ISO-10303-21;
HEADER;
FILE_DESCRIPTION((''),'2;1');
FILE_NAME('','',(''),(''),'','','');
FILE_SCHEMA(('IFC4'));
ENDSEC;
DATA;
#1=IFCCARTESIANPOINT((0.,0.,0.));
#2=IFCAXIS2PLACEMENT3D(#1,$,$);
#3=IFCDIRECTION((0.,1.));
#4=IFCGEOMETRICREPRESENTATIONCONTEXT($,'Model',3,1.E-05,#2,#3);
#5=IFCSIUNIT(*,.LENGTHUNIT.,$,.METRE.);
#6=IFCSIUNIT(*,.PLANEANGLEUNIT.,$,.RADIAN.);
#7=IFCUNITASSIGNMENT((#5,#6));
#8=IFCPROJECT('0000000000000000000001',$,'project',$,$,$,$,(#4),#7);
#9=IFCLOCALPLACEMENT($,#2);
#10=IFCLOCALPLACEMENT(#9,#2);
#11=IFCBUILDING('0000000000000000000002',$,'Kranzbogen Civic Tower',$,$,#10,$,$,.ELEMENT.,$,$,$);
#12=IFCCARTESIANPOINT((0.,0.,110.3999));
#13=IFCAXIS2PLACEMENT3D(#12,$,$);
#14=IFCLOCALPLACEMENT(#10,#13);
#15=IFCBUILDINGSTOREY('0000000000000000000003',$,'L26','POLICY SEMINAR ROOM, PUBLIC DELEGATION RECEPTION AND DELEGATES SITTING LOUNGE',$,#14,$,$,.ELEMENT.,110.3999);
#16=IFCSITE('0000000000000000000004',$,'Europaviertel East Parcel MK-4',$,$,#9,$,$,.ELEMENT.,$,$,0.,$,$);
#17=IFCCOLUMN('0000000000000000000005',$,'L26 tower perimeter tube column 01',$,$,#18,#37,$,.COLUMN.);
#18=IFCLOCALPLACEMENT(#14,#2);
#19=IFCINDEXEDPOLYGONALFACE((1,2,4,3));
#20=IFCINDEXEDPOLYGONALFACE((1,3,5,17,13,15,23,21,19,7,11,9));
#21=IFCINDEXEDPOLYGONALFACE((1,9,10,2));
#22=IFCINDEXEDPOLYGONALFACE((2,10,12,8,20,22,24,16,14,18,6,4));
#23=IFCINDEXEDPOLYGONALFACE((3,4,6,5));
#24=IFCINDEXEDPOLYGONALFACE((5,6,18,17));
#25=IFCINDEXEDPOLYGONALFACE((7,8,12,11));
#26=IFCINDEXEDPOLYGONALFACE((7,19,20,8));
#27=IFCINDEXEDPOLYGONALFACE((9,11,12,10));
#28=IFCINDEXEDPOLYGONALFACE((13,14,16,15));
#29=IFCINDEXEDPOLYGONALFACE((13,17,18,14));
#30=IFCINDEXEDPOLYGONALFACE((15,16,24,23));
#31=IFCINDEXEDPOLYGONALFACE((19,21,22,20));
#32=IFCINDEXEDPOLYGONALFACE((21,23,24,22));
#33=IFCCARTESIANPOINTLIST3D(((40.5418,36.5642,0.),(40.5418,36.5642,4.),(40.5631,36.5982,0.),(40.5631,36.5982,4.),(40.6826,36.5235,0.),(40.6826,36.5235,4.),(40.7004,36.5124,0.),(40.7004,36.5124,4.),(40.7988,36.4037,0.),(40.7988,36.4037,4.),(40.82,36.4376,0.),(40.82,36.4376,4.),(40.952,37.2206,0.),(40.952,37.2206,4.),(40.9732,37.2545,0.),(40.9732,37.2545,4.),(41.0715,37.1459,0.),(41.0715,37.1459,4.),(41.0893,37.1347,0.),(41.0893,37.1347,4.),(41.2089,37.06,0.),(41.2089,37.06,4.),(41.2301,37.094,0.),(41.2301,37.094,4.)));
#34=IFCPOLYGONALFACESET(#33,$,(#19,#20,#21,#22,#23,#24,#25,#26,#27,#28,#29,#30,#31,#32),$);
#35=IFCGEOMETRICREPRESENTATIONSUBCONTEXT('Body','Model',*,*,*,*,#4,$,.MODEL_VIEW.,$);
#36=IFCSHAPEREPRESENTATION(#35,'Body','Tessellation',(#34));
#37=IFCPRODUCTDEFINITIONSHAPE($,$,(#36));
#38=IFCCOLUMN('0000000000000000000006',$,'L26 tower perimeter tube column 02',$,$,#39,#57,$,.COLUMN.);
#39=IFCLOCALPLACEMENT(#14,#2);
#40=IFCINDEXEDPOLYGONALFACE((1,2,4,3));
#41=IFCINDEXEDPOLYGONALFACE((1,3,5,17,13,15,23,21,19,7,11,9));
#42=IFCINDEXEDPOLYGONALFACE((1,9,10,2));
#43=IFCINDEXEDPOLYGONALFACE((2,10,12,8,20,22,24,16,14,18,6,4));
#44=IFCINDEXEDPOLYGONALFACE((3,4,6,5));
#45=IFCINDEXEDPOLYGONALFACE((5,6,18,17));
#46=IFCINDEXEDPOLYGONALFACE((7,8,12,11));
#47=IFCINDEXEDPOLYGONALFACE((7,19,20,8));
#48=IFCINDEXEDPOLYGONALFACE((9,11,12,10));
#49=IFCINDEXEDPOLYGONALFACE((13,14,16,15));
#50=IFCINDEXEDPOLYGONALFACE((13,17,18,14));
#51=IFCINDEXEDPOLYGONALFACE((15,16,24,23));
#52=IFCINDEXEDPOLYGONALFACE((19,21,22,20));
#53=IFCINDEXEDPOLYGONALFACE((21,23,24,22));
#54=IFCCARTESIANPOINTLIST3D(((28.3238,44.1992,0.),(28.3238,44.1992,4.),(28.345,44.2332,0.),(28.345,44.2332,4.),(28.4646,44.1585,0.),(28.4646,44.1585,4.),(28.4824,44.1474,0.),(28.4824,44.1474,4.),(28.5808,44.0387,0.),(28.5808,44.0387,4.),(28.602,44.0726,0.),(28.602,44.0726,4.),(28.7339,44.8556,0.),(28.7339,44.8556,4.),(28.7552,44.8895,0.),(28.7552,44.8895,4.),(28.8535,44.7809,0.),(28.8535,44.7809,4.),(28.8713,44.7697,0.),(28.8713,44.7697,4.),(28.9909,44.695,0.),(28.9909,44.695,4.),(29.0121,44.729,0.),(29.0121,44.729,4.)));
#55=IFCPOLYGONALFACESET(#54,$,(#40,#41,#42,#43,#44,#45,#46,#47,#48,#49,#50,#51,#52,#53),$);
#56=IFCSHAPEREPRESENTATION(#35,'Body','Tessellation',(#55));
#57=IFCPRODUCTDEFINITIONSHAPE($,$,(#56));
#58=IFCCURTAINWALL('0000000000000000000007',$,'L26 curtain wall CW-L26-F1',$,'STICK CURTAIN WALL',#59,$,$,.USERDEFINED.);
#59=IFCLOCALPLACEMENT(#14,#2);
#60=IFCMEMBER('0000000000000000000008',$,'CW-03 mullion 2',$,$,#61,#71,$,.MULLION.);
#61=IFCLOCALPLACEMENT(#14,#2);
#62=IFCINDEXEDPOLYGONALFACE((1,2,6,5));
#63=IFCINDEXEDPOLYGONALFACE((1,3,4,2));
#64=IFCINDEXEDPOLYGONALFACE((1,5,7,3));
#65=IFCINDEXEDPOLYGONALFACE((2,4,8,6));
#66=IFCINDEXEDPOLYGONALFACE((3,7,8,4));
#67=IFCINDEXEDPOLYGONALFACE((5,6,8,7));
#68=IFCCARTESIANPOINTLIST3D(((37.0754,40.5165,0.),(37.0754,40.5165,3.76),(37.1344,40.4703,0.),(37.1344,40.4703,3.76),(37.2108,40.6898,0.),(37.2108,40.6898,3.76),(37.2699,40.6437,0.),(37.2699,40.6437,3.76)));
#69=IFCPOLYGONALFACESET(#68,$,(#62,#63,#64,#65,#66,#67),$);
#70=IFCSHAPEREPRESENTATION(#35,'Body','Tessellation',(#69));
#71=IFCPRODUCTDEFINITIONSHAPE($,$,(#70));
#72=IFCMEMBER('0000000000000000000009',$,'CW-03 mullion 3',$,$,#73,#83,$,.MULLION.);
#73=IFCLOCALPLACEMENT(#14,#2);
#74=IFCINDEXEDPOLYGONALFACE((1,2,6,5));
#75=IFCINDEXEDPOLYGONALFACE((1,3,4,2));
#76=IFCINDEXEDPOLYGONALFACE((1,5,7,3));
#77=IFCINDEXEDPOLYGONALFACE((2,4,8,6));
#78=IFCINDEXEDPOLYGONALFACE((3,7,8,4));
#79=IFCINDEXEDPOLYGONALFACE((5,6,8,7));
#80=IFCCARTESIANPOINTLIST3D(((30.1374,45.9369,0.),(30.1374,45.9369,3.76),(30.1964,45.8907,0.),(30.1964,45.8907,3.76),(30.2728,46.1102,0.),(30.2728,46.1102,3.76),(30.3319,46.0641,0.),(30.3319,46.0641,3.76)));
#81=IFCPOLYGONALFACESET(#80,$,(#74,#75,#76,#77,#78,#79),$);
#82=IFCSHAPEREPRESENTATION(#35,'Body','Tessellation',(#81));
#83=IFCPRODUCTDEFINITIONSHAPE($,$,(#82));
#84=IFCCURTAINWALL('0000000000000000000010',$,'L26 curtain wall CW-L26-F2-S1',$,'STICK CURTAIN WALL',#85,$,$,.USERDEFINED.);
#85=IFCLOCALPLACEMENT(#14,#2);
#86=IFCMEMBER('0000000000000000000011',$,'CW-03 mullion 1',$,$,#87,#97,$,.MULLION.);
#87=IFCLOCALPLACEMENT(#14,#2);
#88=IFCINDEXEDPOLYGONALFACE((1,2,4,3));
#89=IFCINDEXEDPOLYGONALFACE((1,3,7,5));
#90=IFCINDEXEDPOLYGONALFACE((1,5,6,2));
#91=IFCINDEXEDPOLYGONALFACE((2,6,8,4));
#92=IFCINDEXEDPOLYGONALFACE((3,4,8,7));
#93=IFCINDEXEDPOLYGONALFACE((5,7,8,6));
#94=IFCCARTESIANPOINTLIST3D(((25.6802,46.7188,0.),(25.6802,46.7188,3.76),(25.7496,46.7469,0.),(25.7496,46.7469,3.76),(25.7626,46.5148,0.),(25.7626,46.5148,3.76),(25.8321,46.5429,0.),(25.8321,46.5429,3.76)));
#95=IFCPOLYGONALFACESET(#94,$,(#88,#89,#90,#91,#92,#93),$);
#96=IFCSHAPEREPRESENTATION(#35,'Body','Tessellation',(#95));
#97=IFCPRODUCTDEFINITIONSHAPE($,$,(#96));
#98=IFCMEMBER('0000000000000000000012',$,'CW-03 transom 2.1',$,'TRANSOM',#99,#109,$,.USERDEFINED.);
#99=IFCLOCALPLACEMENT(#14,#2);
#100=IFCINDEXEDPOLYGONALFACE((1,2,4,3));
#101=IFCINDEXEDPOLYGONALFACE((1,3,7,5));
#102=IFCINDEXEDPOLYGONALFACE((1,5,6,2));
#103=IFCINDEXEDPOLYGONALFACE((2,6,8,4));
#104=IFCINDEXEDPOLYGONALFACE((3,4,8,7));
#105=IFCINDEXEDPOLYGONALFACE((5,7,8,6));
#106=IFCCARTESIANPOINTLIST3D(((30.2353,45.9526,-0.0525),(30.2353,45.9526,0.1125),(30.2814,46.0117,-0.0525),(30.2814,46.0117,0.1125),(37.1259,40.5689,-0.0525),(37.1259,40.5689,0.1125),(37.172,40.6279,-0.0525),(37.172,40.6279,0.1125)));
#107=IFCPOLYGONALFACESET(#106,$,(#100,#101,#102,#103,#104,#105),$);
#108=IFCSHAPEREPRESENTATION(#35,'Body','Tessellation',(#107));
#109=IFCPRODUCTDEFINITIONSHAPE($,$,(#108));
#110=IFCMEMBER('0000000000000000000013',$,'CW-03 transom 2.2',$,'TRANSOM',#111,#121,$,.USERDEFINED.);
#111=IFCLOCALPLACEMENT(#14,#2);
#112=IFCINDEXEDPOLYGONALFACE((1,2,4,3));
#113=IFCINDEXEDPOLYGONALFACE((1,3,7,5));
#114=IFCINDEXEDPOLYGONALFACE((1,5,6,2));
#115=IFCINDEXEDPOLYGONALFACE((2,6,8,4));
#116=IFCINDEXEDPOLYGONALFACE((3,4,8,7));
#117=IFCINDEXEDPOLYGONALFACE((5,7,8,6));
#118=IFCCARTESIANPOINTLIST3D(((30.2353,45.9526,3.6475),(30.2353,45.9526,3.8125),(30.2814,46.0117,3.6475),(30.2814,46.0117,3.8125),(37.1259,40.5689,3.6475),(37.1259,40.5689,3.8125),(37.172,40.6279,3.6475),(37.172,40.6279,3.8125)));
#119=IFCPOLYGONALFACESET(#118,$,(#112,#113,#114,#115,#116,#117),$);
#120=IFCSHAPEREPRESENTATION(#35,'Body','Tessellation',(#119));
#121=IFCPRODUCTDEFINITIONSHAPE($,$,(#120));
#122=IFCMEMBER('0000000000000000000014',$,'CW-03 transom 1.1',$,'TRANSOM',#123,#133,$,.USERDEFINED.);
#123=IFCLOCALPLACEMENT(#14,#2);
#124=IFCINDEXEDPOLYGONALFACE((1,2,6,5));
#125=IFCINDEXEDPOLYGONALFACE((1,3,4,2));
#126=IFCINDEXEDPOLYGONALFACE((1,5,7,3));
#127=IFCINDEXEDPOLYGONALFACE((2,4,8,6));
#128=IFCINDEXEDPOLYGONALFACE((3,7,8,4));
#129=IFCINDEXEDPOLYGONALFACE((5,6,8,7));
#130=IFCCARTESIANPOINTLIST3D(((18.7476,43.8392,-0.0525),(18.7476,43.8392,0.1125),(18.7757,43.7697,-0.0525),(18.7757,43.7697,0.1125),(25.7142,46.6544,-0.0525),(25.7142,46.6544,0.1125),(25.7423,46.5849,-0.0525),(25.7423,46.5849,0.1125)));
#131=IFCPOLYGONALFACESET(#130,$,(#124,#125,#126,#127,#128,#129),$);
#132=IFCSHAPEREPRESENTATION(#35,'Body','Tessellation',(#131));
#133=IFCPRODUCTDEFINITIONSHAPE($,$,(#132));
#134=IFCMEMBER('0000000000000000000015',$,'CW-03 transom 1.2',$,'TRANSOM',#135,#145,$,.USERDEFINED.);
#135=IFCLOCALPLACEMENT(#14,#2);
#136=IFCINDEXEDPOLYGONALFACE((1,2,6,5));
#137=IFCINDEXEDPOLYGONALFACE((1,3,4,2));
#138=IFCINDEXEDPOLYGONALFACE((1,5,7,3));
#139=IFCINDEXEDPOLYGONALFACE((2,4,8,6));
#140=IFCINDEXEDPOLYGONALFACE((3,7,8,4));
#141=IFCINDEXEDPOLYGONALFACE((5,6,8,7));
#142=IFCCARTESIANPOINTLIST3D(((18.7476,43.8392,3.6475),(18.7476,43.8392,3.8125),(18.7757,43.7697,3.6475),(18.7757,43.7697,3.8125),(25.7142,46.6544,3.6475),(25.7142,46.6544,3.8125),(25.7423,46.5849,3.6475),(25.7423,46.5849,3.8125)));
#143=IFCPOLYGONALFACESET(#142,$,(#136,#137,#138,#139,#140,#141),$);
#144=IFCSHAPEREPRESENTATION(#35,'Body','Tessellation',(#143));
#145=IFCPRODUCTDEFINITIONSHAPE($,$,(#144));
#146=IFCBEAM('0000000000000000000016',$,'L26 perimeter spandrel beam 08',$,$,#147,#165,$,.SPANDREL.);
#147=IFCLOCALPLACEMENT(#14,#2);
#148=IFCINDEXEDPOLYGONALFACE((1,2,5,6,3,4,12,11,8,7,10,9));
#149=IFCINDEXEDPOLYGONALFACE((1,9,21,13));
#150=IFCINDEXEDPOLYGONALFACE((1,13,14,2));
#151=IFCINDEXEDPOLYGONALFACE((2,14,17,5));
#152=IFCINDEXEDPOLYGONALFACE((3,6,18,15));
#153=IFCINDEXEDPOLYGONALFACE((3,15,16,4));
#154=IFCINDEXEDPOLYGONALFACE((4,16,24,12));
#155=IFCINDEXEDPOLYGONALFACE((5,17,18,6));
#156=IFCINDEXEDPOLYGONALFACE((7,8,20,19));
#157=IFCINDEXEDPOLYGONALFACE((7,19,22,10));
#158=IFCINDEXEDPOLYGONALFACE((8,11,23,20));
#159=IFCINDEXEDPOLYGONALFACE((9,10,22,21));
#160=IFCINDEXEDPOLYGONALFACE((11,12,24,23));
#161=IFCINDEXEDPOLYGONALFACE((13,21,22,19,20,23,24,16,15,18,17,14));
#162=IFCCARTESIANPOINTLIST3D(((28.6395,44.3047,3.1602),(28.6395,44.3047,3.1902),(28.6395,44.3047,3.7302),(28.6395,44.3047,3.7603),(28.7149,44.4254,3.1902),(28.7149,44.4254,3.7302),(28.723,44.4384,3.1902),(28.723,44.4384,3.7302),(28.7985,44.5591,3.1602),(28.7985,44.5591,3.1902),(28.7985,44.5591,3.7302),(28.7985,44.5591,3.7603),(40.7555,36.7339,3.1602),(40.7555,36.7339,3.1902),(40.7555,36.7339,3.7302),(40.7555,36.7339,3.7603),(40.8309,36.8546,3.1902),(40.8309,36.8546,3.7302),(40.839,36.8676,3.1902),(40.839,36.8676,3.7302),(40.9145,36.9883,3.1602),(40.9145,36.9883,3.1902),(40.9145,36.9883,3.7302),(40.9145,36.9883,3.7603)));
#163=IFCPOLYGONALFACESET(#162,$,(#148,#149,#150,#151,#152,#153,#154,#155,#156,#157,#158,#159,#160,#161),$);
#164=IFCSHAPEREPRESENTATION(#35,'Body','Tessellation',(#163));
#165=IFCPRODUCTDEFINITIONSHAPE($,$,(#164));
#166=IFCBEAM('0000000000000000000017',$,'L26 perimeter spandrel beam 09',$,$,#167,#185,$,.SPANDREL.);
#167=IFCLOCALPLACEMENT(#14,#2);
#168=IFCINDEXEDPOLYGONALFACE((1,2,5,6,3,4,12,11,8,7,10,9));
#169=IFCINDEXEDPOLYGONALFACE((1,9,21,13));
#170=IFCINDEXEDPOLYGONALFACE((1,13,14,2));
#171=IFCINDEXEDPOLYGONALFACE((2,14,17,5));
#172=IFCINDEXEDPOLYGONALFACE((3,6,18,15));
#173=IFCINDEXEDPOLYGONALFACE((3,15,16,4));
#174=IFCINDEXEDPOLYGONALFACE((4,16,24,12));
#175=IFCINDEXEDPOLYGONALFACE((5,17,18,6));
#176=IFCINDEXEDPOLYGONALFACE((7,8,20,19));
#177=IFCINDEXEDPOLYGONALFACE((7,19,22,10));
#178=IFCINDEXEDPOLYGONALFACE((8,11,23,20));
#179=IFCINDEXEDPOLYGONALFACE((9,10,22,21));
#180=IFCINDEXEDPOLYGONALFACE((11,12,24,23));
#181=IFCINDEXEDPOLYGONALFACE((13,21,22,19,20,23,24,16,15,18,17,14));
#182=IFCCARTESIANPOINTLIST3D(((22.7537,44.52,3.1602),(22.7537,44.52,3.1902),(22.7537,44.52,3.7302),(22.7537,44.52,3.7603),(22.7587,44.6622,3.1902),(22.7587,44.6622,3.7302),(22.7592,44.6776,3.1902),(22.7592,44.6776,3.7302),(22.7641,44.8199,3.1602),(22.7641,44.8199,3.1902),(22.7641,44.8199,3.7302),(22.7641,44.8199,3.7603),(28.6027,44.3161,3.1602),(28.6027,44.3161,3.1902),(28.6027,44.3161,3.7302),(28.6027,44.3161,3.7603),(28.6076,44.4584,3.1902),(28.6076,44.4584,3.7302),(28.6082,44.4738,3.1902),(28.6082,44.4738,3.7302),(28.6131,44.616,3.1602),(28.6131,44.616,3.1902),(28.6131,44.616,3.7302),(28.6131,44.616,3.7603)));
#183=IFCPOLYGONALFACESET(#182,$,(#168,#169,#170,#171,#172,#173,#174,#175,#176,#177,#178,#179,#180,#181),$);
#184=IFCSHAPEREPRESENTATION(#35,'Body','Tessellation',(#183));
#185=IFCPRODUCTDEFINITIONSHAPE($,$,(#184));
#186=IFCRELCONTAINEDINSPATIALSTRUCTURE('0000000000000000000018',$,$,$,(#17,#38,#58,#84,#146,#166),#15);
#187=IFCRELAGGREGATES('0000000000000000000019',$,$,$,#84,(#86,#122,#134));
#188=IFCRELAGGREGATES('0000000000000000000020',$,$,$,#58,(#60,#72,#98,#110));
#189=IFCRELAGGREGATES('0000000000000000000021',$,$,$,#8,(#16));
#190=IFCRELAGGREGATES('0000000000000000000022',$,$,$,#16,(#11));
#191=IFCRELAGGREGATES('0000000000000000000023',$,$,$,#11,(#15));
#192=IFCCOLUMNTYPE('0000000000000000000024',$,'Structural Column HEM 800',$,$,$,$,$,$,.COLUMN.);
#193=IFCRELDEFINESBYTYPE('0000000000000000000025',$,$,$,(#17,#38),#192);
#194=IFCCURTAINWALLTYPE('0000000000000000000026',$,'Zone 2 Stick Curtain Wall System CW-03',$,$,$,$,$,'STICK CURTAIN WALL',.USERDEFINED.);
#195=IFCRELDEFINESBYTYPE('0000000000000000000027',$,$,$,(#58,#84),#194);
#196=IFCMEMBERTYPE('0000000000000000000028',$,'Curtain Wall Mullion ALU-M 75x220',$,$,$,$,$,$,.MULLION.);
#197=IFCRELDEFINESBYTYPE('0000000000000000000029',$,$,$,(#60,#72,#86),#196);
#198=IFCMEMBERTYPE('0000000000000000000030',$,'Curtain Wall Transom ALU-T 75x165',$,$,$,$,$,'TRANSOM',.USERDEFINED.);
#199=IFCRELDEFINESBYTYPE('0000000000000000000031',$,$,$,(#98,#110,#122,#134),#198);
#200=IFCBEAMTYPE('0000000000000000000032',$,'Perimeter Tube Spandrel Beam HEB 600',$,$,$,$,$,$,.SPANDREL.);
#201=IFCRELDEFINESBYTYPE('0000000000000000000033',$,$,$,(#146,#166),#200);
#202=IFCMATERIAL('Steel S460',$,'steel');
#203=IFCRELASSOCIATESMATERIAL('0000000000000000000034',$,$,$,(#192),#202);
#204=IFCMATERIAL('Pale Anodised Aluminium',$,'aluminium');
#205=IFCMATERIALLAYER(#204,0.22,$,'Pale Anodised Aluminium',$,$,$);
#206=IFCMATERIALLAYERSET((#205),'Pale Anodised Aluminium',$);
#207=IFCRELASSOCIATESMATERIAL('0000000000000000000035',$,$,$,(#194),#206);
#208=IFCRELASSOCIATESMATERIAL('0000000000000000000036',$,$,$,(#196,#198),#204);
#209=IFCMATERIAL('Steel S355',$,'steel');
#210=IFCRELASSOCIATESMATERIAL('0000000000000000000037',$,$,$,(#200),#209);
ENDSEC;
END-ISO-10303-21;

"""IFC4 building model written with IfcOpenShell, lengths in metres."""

from ifc_helpers import new_model, si_unit, direction, frame, origin, origin_2d, place, context, subcontext, project, spatial, rectangle, i_section, extrude, material, layer, layer_set, material_profile, profile_set, type_object, element, aggregate, save


model = new_model("IFC4")

# Units and contexts
model_context = context("Model", 3, precision=1e-05, world=origin(), true_north=direction((0.0, 1.0)))
body_context = subcontext(model_context, "Body", "Model", "MODEL_VIEW")
ifc_project = project(units=[si_unit("LENGTHUNIT", "METRE"), si_unit("PLANEANGLEUNIT", "RADIAN")], contexts=[model_context])

# Site, building, storey
site_placement = place(None, origin())
site = spatial("IfcSite", under=ifc_project, at=site_placement, Name="Europaviertel East Parcel MK-4", CompositionType="ELEMENT", RefElevation=0.0)
building_placement = place(site_placement, origin())
building = spatial("IfcBuilding", under=site, at=building_placement, Name="Kranzbogen Civic Tower", CompositionType="ELEMENT")
storey_placement = place(building_placement, frame((0.0, 0.0, 110.3999)))
storey = spatial("IfcBuildingStorey", under=building, at=storey_placement, Name="L26", Description="POLICY SEMINAR ROOM, PUBLIC DELEGATION RECEPTION AND DELEGATES SITTING LOUNGE", CompositionType="ELEMENT", Elevation=110.3999)

# Columns
ifc_material_1 = material(Name="Steel S460", Category="steel")
ifc_material_profile_1 = material_profile(ifc_material_1, i_section(OverallWidth=0.303, OverallDepth=0.814, WebThickness=0.021, FlangeThickness=0.04, at=origin_2d()), Name="HEM 800")
ifc_profile_set_1 = profile_set([ifc_material_profile_1], Name="Steel S460")
column_type = type_object("IfcColumnType", Name="Structural Column HEM 800", PredefinedType="COLUMN", material=ifc_profile_set_1)
for number, where, z_axis, x_axis, name in (
    (1, (40.886, 36.8291, 0.0), (0.0, 0.0, 1.0), (-0.848048, 0.529919, 0.0), "L26 tower perimeter tube column 01"),
    (2, (28.668, 44.4641, 0.0), (0.0, 0.0, 1.0), (-0.848048, 0.529919, 0.0), "L26 tower perimeter tube column 02"),
):
    element("IfcColumn", number, at=place(storey_placement, frame(where, z_axis=z_axis, x_axis=x_axis)), inside=storey, type_object=column_type, Name=name, PredefinedType="COLUMN", context=body_context, shape_type="SweptSolid", body=[
        extrude(i_section(OverallWidth=0.303, OverallDepth=0.814, WebThickness=0.021, FlangeThickness=0.04, at=origin_2d()), origin(), (0.0, 0.0, 1.0), 4.0),
    ])

# Curtain wall, members
ifc_material_2 = material(Name="Pale Anodised Aluminium", Category="aluminium")
ifc_layer_1 = layer(ifc_material_2, 0.22, Name="Pale Anodised Aluminium")
ifc_layer_set_1 = layer_set([ifc_layer_1], Name="Pale Anodised Aluminium")
curtain_wall_type = type_object("IfcCurtainWallType", Name="Zone 2 Stick Curtain Wall System CW-03", ElementType="STICK CURTAIN WALL", PredefinedType="USERDEFINED", material=ifc_layer_set_1)
curtain_wall_1_placement = place(storey_placement, origin())
curtain_wall_1 = element("IfcCurtainWall", 3, at=curtain_wall_1_placement, inside=storey, type_object=curtain_wall_type, Name="L26 curtain wall CW-L26-F1", ObjectType="STICK CURTAIN WALL", PredefinedType="USERDEFINED")
ifc_material_profile_2 = material_profile(ifc_material_2, rectangle(XDim=0.075, YDim=0.22, at=origin_2d()), Name="ALU-M 75x220")
ifc_profile_set_2 = profile_set([ifc_material_profile_2], Name="Pale Anodised Aluminium")
member_type_1 = type_object("IfcMemberType", Name="Curtain Wall Mullion ALU-M 75x220", PredefinedType="MULLION", material=ifc_profile_set_2)
member_1_placement = place(storey_placement, frame((37.1726, 40.5801, 0.0), z_axis=(0.0, 0.0, 1.0), x_axis=(-0.788006, 0.615667, 0.0)))
member_1 = element("IfcMember", 4, at=member_1_placement, type_object=member_type_1, Name="CW-03 mullion 2", PredefinedType="MULLION", context=body_context, shape_type="SweptSolid", body=[
    extrude(rectangle(XDim=0.075, YDim=0.22, at=origin_2d()), origin(), (0.0, 0.0, 1.0), 3.76),
])
member_2_placement = place(storey_placement, frame((30.2346, 46.0005, 0.0), z_axis=(0.0, 0.0, 1.0), x_axis=(-0.788006, 0.615667, 0.0)))
member_2 = element("IfcMember", 5, at=member_2_placement, type_object=member_type_1, Name="CW-03 mullion 3", PredefinedType="MULLION", context=body_context, shape_type="SweptSolid", body=[
    extrude(rectangle(XDim=0.075, YDim=0.22, at=origin_2d()), origin(), (0.0, 0.0, 1.0), 3.76),
])

# Curtain wall, member
curtain_wall_2_placement = place(storey_placement, origin())
curtain_wall_2 = element("IfcCurtainWall", 6, at=curtain_wall_2_placement, inside=storey, type_object=curtain_wall_type, Name="L26 curtain wall CW-L26-F2-S1", ObjectType="STICK CURTAIN WALL", PredefinedType="USERDEFINED")
member_3_placement = place(storey_placement, frame((25.7561, 46.6309, 0.0), z_axis=(0.0, 0.0, 1.0), x_axis=(-0.92717, -0.374641, 0.0)))
member_3 = element("IfcMember", 7, at=member_3_placement, type_object=member_type_1, Name="CW-03 mullion 1", PredefinedType="MULLION", context=body_context, shape_type="SweptSolid", body=[
    extrude(rectangle(XDim=0.075, YDim=0.22, at=origin_2d()), origin(), (0.0, 0.0, 1.0), 3.76),
])

# Members
ifc_material_profile_3 = material_profile(ifc_material_2, rectangle(XDim=0.075, YDim=0.165, at=origin_2d()), Name="ALU-T 75x165")
ifc_profile_set_3 = profile_set([ifc_material_profile_3], Name="Pale Anodised Aluminium")
member_type_2 = type_object("IfcMemberType", Name="Curtain Wall Transom ALU-T 75x165", ElementType="TRANSOM", PredefinedType="USERDEFINED", material=ifc_profile_set_3)
member_4_placement = place(storey_placement, frame((37.1489, 40.5984, 0.03), z_axis=(-0.787997, 0.615679, 0.0), x_axis=(-0.615679, -0.787997, 0.0)))
member_4 = element("IfcMember", 8, at=member_4_placement, type_object=member_type_2, Name="CW-03 transom 2.1", ObjectType="TRANSOM", PredefinedType="USERDEFINED", context=body_context, shape_type="SweptSolid", body=[
    extrude(rectangle(XDim=0.075, YDim=0.165, at=origin_2d()), origin(), (0.0, 0.0, 1.0), 8.7444),
])
member_5_placement = place(storey_placement, frame((37.1489, 40.5984, 3.73), z_axis=(-0.787997, 0.615679, 0.0), x_axis=(-0.615679, -0.787997, 0.0)))
member_5 = element("IfcMember", 9, at=member_5_placement, type_object=member_type_2, Name="CW-03 transom 2.2", ObjectType="TRANSOM", PredefinedType="USERDEFINED", context=body_context, shape_type="SweptSolid", body=[
    extrude(rectangle(XDim=0.075, YDim=0.165, at=origin_2d()), origin(), (0.0, 0.0, 1.0), 8.7444),
])
member_6_placement = place(storey_placement, frame((25.7283, 46.6196, 0.03), z_axis=(-0.92716, -0.374666, 0.0), x_axis=(0.374666, -0.92716, 0.0)))
member_6 = element("IfcMember", 10, at=member_6_placement, type_object=member_type_2, Name="CW-03 transom 1.1", ObjectType="TRANSOM", PredefinedType="USERDEFINED", context=body_context, shape_type="SweptSolid", body=[
    extrude(rectangle(XDim=0.075, YDim=0.165, at=origin_2d()), origin(), (0.0, 0.0, 1.0), 7.5139),
])
member_7_placement = place(storey_placement, frame((25.7283, 46.6196, 3.73), z_axis=(-0.92716, -0.374666, 0.0), x_axis=(0.374666, -0.92716, 0.0)))
member_7 = element("IfcMember", 11, at=member_7_placement, type_object=member_type_2, Name="CW-03 transom 1.2", ObjectType="TRANSOM", PredefinedType="USERDEFINED", context=body_context, shape_type="SweptSolid", body=[
    extrude(rectangle(XDim=0.075, YDim=0.165, at=origin_2d()), origin(), (0.0, 0.0, 1.0), 7.5139),
])
aggregate(curtain_wall_2, [member_3, member_6, member_7])

# Beams
ifc_material_3 = material(Name="Steel S355", Category="steel")
ifc_material_profile_4 = material_profile(ifc_material_3, i_section(OverallWidth=0.3, OverallDepth=0.6001, WebThickness=0.0154, FlangeThickness=0.03, at=origin_2d()), Name="HEB 600")
ifc_profile_set_4 = profile_set([ifc_material_profile_4], Name="Steel S355")
beam_type_1 = type_object("IfcBeamType", Name="Perimeter Tube Spandrel Beam HEB 600", PredefinedType="SPANDREL", material=ifc_profile_set_4)
beam_1_placement = place(storey_placement, frame((40.835, 36.8611, 3.4602), z_axis=(-0.848051, 0.529914, 0.0), x_axis=(-0.529914, -0.848051, 0.0)))
element("IfcBeam", 12, at=beam_1_placement, inside=storey, type_object=beam_type_1, Name="L26 perimeter spandrel beam 08", PredefinedType="SPANDREL", context=body_context, shape_type="SweptSolid", body=[
    extrude(i_section(OverallWidth=0.3, OverallDepth=0.6001, WebThickness=0.0154, FlangeThickness=0.03, at=origin_2d()), origin(), (0.0, 0.0, 1.0), 14.2869),
])
beam_2_placement = place(storey_placement, frame((28.6079, 44.4661, 3.4602), z_axis=(-0.999393, 0.034833, 0.0), x_axis=(-0.034833, -0.999393, 0.0)))
element("IfcBeam", 13, at=beam_2_placement, inside=storey, type_object=beam_type_1, Name="L26 perimeter spandrel beam 09", PredefinedType="SPANDREL", context=body_context, shape_type="SweptSolid", body=[
    extrude(i_section(OverallWidth=0.3, OverallDepth=0.6001, WebThickness=0.0154, FlangeThickness=0.03, at=origin_2d()), origin(), (0.0, 0.0, 1.0), 5.8525),
])

aggregate(curtain_wall_1, [member_1, member_2, member_4, member_5])

save(model, "model.ifc")
